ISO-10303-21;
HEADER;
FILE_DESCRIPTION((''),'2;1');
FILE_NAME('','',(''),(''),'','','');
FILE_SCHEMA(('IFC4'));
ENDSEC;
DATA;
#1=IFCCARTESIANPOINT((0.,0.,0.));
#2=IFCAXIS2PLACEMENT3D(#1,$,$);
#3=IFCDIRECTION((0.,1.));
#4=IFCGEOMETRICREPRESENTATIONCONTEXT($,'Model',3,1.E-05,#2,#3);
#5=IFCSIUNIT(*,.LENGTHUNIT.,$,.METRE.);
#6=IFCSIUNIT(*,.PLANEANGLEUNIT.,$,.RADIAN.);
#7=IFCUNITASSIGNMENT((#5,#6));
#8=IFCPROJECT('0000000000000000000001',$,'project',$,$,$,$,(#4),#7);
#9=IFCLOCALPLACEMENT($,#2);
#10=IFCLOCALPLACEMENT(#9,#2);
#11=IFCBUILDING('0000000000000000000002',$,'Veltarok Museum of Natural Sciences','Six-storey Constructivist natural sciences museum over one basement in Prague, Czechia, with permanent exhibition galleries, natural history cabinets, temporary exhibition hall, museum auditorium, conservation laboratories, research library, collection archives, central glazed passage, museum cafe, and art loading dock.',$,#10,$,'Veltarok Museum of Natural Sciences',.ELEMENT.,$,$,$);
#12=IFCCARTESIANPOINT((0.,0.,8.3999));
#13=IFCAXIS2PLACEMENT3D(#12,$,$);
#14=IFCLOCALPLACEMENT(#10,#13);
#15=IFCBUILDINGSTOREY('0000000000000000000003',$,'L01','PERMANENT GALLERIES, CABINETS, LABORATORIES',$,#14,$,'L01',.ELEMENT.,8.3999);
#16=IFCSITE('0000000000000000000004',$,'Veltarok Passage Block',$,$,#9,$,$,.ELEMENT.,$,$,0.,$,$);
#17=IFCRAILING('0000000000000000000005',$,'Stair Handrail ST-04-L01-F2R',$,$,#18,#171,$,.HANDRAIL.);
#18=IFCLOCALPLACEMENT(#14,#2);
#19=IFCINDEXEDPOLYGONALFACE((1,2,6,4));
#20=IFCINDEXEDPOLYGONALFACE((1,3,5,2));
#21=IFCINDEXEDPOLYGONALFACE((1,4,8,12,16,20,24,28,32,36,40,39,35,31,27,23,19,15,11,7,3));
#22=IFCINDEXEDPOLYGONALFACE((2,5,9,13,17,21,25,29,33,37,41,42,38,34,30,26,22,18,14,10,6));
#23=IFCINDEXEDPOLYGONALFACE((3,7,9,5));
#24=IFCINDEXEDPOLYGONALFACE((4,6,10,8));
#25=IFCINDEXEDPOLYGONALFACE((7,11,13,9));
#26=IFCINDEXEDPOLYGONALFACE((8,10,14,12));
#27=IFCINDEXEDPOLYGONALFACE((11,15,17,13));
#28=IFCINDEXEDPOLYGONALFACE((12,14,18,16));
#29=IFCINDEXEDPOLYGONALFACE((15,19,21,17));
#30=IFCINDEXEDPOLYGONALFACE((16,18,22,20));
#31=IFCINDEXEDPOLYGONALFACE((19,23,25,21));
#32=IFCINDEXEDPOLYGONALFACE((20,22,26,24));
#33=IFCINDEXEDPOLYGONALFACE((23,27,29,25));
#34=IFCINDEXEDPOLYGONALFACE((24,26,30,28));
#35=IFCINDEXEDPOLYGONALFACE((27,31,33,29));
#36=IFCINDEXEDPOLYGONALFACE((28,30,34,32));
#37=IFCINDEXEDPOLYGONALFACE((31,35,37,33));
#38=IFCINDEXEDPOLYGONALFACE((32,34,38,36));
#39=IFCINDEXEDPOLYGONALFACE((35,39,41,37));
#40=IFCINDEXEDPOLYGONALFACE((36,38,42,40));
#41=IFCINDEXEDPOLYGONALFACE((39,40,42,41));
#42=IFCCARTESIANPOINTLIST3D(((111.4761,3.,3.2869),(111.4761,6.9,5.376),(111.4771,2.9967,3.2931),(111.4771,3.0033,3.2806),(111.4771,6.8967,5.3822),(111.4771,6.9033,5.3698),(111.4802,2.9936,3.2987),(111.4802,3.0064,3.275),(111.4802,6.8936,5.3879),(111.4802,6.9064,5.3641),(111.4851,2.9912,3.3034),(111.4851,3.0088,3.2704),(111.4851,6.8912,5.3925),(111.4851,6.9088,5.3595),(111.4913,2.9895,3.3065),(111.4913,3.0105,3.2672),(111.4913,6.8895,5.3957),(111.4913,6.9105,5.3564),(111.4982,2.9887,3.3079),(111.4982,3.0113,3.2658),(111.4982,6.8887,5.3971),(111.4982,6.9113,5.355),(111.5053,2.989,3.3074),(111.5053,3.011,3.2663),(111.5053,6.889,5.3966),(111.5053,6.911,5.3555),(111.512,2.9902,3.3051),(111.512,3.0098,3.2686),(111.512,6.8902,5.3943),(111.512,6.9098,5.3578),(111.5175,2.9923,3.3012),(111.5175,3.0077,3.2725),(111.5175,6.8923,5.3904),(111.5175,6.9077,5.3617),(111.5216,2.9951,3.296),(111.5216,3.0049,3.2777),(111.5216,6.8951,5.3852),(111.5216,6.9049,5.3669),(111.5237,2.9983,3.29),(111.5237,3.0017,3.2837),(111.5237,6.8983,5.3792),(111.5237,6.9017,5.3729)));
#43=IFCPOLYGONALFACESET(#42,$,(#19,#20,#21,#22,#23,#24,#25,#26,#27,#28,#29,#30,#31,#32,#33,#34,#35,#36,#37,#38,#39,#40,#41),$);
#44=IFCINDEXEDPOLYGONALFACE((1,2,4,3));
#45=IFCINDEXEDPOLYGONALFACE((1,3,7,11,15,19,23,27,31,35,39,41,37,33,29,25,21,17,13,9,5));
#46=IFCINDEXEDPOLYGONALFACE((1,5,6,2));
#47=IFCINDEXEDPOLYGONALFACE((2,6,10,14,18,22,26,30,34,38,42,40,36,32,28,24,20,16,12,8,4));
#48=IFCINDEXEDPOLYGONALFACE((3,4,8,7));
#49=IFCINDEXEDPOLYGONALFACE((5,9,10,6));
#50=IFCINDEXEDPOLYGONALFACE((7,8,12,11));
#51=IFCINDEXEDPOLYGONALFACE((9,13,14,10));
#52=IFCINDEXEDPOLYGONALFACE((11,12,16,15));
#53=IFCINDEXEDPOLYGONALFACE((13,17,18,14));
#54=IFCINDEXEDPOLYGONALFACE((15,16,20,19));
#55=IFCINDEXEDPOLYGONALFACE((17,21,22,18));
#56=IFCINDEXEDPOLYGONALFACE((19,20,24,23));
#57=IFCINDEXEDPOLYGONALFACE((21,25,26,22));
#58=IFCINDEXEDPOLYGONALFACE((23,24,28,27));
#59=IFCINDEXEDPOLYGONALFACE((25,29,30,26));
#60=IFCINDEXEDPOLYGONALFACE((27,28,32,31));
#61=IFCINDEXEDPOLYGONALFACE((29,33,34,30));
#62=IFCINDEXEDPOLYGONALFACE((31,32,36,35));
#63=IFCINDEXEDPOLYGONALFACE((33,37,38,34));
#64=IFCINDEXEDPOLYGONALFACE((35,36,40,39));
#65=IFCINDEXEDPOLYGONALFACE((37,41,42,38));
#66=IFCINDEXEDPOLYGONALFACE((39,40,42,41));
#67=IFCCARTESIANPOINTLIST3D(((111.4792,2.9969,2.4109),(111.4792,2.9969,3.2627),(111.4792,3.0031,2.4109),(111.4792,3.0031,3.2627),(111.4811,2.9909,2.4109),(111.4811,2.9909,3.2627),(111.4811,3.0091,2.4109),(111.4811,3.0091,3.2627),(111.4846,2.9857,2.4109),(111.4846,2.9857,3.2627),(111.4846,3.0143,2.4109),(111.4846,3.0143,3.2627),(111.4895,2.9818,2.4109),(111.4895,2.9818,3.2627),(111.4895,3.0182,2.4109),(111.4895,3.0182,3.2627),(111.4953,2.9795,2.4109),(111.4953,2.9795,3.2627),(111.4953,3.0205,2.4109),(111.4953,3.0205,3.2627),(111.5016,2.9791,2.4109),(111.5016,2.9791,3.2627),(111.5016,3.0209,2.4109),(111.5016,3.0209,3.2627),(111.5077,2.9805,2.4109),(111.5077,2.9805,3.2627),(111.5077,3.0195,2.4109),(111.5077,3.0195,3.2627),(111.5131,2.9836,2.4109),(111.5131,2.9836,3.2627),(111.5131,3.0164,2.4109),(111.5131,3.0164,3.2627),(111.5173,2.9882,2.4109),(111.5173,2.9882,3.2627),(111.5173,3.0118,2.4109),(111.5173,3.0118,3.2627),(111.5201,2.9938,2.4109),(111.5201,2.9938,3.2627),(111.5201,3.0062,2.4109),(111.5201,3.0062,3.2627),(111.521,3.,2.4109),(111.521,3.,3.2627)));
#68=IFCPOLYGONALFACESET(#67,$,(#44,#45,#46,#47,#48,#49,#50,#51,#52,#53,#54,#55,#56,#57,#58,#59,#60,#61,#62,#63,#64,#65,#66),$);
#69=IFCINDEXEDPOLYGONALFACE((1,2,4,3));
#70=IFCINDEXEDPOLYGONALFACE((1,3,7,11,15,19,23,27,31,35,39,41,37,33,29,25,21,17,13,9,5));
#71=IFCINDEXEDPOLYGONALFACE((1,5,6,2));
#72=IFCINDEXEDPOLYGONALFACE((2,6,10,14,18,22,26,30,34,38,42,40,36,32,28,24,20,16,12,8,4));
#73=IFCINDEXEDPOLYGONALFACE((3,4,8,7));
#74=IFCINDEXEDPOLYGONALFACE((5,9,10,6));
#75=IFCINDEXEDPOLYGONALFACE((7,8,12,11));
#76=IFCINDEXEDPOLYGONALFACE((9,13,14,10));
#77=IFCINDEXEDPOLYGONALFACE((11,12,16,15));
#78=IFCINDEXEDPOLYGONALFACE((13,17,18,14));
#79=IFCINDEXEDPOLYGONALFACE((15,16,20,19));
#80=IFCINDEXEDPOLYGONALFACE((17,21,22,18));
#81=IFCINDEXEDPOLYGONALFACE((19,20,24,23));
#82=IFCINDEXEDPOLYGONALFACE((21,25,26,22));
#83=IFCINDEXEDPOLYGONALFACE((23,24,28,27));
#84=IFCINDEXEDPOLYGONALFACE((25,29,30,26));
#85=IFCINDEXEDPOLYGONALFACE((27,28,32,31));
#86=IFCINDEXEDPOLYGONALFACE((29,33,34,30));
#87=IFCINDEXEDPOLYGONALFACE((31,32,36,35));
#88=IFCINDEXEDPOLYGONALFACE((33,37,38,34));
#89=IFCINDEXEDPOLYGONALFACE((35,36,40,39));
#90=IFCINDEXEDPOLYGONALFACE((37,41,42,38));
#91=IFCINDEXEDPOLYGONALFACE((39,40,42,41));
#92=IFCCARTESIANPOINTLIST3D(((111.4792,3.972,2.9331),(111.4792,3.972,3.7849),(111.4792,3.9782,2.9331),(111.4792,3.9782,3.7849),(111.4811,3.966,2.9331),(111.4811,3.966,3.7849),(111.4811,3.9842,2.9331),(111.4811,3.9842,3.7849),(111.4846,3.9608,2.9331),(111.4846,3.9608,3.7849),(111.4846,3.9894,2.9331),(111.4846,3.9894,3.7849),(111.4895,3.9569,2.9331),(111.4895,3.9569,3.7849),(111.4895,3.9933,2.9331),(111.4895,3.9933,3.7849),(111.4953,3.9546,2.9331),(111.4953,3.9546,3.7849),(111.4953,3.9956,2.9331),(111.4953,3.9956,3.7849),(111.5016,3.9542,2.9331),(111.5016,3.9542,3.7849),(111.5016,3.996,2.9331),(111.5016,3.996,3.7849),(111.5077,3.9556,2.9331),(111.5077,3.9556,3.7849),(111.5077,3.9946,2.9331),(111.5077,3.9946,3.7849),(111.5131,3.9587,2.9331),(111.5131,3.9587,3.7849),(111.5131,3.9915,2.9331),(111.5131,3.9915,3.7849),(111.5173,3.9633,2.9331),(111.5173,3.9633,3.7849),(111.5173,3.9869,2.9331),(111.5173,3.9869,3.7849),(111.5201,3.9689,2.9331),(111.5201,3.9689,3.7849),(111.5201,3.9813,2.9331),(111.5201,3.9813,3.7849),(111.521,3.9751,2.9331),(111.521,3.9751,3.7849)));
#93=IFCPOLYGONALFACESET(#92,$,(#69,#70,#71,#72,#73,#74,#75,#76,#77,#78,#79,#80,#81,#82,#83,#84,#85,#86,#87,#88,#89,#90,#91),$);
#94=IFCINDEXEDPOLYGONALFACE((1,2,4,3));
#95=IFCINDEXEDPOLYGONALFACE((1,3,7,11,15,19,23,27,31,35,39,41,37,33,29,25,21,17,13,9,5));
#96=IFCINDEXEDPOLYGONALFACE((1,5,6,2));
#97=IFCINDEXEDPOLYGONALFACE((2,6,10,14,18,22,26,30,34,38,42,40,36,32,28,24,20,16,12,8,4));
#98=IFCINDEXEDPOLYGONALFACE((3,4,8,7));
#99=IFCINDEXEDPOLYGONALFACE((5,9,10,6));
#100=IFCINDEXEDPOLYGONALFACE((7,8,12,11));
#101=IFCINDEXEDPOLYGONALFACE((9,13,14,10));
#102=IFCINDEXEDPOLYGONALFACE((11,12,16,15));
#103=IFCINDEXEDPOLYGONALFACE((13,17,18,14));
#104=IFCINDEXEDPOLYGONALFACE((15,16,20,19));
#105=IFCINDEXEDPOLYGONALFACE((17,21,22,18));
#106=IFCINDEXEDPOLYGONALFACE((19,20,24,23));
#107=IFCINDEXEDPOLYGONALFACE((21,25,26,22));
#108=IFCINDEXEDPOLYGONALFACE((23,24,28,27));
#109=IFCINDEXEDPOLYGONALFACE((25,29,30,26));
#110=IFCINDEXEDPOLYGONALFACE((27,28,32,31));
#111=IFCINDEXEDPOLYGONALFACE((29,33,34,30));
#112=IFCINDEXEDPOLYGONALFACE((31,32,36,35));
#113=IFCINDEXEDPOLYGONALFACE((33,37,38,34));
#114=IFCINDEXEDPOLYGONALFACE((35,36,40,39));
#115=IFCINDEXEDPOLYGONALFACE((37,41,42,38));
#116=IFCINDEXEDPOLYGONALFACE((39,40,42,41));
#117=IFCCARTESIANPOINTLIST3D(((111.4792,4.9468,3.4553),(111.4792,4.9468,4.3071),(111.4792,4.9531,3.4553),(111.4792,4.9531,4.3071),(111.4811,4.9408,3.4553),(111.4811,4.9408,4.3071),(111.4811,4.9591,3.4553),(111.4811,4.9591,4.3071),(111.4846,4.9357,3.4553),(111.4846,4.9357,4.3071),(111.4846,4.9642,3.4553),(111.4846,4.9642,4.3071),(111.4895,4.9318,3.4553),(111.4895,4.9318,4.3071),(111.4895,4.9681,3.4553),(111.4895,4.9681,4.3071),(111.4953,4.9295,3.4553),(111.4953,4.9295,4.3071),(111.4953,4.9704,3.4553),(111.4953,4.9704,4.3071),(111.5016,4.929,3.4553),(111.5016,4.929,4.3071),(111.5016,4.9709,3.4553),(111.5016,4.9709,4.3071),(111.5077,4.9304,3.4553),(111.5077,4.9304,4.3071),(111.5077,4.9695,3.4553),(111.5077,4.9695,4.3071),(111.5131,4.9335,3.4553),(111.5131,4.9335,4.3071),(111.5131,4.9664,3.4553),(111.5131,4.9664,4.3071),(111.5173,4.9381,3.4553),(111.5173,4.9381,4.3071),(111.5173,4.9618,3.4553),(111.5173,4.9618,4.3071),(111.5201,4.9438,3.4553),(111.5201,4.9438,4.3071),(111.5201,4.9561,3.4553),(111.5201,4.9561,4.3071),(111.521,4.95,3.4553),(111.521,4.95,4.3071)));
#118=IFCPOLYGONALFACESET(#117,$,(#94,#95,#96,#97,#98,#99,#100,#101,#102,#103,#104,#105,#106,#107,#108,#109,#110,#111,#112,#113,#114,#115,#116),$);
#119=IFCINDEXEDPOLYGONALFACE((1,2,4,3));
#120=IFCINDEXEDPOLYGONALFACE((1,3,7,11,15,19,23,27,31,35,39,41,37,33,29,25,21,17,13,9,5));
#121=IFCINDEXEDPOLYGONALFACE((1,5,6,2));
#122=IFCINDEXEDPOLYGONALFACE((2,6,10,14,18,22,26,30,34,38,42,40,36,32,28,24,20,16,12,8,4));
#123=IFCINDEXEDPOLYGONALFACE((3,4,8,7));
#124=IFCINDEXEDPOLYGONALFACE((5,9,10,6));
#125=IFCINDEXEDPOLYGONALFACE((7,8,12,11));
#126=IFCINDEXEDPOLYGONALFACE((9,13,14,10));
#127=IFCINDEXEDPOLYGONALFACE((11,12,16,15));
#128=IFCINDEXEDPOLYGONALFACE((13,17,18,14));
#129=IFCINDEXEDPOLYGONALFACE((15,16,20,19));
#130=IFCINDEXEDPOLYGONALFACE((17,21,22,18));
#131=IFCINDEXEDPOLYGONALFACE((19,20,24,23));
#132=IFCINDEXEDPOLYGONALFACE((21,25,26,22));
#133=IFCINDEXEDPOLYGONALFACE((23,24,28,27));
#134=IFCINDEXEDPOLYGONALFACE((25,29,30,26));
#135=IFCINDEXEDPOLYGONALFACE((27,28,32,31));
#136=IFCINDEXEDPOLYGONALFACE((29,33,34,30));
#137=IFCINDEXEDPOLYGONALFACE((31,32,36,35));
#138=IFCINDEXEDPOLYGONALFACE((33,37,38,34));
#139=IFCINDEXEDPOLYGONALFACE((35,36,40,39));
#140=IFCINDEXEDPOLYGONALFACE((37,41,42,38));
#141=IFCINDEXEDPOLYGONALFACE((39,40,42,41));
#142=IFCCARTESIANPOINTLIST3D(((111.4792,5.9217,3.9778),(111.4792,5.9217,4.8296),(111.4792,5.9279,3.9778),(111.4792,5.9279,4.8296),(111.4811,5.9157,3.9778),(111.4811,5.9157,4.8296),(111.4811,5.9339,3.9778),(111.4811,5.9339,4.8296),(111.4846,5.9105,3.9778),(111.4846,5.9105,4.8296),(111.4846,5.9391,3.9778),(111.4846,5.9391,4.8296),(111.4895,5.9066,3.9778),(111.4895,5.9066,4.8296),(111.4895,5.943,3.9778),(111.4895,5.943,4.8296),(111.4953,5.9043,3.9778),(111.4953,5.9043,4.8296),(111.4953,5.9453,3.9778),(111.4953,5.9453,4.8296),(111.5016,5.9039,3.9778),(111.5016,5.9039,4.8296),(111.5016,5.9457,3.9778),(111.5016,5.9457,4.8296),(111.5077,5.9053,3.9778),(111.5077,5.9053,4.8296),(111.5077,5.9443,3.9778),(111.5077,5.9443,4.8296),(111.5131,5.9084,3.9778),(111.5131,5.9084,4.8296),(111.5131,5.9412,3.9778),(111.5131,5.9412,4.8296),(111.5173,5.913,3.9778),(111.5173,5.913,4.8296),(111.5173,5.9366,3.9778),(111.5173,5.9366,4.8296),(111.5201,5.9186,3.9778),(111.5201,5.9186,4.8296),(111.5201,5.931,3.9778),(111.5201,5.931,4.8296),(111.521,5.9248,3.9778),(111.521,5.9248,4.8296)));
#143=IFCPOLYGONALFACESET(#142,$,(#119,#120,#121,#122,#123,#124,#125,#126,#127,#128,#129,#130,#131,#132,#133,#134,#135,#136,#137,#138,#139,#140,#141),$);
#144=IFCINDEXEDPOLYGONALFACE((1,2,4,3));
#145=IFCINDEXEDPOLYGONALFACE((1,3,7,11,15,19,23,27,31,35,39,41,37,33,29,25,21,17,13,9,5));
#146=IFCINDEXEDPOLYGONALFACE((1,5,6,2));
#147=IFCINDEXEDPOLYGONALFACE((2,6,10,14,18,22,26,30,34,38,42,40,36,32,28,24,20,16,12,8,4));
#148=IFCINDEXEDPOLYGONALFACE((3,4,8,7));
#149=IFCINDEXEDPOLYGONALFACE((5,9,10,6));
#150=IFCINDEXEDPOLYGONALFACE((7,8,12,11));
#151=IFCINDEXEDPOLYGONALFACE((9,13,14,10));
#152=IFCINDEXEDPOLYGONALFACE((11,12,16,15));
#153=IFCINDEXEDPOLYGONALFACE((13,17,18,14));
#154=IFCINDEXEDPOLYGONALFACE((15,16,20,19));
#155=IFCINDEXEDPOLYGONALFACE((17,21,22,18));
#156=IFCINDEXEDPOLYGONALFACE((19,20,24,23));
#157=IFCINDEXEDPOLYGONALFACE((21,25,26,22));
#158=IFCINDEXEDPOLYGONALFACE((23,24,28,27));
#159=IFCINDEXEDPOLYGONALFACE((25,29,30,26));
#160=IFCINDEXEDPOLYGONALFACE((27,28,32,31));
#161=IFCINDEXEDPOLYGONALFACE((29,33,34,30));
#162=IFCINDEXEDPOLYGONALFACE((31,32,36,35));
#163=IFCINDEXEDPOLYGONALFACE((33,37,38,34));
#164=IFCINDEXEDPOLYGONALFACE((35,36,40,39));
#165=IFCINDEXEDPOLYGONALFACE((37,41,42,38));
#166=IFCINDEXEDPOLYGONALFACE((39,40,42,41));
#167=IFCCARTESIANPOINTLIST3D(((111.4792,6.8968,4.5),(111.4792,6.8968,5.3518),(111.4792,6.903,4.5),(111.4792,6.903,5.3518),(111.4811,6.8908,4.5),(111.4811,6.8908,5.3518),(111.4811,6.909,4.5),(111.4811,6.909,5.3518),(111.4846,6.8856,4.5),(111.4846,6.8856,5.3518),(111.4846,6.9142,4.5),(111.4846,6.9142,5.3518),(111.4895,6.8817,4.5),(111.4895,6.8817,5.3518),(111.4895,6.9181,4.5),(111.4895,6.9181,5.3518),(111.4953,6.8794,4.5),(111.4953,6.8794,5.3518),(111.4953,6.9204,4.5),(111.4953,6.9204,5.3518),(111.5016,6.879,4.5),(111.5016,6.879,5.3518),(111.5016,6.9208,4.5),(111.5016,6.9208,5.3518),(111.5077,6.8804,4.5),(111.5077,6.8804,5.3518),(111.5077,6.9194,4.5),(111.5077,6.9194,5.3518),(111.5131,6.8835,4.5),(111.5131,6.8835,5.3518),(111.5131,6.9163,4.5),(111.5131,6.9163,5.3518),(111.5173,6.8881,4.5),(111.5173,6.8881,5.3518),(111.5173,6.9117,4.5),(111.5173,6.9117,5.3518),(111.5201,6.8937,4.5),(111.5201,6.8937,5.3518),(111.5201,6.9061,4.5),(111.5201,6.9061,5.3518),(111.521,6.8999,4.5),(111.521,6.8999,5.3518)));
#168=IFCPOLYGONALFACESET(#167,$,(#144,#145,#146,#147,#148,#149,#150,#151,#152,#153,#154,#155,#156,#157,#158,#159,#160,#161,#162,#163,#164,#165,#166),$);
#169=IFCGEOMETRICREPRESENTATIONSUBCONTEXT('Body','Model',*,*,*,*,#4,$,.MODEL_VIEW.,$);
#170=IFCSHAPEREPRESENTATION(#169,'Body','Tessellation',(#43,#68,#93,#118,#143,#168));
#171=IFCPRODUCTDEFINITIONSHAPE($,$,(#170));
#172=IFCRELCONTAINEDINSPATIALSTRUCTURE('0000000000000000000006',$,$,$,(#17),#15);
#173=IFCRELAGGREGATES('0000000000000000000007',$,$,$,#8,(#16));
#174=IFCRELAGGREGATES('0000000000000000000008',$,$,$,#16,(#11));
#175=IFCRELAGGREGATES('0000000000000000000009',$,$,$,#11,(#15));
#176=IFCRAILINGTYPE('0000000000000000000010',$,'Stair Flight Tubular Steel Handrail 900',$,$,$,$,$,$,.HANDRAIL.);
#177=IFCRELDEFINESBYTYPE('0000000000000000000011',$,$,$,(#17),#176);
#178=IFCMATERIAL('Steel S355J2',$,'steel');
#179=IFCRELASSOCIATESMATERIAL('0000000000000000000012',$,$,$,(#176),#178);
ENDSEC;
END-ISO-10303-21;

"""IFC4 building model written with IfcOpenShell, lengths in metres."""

from ifc_helpers import new_model, si_unit, direction, frame, origin, origin_2d, place, context, subcontext, project, spatial, circle, extrude, material, type_object, element, save


model = new_model("IFC4")

# Units and contexts
model_context = context("Model", 3, precision=1e-05, world=origin(), true_north=direction((0.0, 1.0)))
body_context = subcontext(model_context, "Body", "Model", "MODEL_VIEW")
ifc_project = project(units=[si_unit("LENGTHUNIT", "METRE"), si_unit("PLANEANGLEUNIT", "RADIAN")], contexts=[model_context])

# Site, building, storey
site_placement = place(None, origin())
site = spatial("IfcSite", under=ifc_project, at=site_placement, Name="Veltarok Passage Block", CompositionType="ELEMENT", RefElevation=0.0)
building_placement = place(site_placement, origin())
building = spatial("IfcBuilding", under=site, at=building_placement, Name="Veltarok Museum of Natural Sciences", Description="Six-storey Constructivist natural sciences museum over one basement in Prague, Czechia, with permanent exhibition galleries, natural history cabinets, temporary exhibition hall, museum auditorium, conservation laboratories, research library, collection archives, central glazed passage, museum cafe, and art loading dock.", LongName="Veltarok Museum of Natural Sciences", CompositionType="ELEMENT")
storey_placement = place(building_placement, frame((0.0, 0.0, 8.3999)))
storey = spatial("IfcBuildingStorey", under=building, at=storey_placement, Name="L01", Description="PERMANENT GALLERIES, CABINETS, LABORATORIES", LongName="L01", CompositionType="ELEMENT", Elevation=8.3999)

# Shared definitions
ifc_material_1 = material(Name="Steel S355J2", Category="steel")

# Railing
railing_type_1 = type_object("IfcRailingType", Name="Stair Flight Tubular Steel Handrail 900", PredefinedType="HANDRAIL", material=ifc_material_1)
for number, where, name in (
    (1, (111.5, 3.0, 2.4109), "Stair Handrail ST-04-L01-F2R"),
):
    element("IfcRailing", number, at=place(storey_placement, frame(where)), inside=storey, type_object=railing_type_1, Name=name, PredefinedType="HANDRAIL", context=body_context, shape_type="SweptSolid", body=[
        extrude(circle(Radius=0.0239, at=origin_2d()), frame((0.0, 0.0, 0.876), z_axis=(0.0, 0.881491, 0.4722), x_axis=(-1.0, 0.0, 0.0)), (0.0, 0.0, 1.0), 4.4243),
        extrude(circle(Radius=0.021, at=origin_2d()), origin(), (0.0, 0.0, 1.0), 0.8518),
        extrude(circle(Radius=0.021, at=origin_2d()), frame((0.0, 0.9751, 0.5222)), (0.0, 0.0, 1.0), 0.8518),
        extrude(circle(Radius=0.021, at=origin_2d()), frame((0.0, 1.95, 1.0444)), (0.0, 0.0, 1.0), 0.8518),
        extrude(circle(Radius=0.021, at=origin_2d()), frame((0.0, 2.9248, 1.5669)), (0.0, 0.0, 1.0), 0.8518),
        extrude(circle(Radius=0.021, at=origin_2d()), frame((0.0, 3.8999, 2.0891)), (0.0, 0.0, 1.0), 0.8518),
    ])

save(model, "model.ifc")
